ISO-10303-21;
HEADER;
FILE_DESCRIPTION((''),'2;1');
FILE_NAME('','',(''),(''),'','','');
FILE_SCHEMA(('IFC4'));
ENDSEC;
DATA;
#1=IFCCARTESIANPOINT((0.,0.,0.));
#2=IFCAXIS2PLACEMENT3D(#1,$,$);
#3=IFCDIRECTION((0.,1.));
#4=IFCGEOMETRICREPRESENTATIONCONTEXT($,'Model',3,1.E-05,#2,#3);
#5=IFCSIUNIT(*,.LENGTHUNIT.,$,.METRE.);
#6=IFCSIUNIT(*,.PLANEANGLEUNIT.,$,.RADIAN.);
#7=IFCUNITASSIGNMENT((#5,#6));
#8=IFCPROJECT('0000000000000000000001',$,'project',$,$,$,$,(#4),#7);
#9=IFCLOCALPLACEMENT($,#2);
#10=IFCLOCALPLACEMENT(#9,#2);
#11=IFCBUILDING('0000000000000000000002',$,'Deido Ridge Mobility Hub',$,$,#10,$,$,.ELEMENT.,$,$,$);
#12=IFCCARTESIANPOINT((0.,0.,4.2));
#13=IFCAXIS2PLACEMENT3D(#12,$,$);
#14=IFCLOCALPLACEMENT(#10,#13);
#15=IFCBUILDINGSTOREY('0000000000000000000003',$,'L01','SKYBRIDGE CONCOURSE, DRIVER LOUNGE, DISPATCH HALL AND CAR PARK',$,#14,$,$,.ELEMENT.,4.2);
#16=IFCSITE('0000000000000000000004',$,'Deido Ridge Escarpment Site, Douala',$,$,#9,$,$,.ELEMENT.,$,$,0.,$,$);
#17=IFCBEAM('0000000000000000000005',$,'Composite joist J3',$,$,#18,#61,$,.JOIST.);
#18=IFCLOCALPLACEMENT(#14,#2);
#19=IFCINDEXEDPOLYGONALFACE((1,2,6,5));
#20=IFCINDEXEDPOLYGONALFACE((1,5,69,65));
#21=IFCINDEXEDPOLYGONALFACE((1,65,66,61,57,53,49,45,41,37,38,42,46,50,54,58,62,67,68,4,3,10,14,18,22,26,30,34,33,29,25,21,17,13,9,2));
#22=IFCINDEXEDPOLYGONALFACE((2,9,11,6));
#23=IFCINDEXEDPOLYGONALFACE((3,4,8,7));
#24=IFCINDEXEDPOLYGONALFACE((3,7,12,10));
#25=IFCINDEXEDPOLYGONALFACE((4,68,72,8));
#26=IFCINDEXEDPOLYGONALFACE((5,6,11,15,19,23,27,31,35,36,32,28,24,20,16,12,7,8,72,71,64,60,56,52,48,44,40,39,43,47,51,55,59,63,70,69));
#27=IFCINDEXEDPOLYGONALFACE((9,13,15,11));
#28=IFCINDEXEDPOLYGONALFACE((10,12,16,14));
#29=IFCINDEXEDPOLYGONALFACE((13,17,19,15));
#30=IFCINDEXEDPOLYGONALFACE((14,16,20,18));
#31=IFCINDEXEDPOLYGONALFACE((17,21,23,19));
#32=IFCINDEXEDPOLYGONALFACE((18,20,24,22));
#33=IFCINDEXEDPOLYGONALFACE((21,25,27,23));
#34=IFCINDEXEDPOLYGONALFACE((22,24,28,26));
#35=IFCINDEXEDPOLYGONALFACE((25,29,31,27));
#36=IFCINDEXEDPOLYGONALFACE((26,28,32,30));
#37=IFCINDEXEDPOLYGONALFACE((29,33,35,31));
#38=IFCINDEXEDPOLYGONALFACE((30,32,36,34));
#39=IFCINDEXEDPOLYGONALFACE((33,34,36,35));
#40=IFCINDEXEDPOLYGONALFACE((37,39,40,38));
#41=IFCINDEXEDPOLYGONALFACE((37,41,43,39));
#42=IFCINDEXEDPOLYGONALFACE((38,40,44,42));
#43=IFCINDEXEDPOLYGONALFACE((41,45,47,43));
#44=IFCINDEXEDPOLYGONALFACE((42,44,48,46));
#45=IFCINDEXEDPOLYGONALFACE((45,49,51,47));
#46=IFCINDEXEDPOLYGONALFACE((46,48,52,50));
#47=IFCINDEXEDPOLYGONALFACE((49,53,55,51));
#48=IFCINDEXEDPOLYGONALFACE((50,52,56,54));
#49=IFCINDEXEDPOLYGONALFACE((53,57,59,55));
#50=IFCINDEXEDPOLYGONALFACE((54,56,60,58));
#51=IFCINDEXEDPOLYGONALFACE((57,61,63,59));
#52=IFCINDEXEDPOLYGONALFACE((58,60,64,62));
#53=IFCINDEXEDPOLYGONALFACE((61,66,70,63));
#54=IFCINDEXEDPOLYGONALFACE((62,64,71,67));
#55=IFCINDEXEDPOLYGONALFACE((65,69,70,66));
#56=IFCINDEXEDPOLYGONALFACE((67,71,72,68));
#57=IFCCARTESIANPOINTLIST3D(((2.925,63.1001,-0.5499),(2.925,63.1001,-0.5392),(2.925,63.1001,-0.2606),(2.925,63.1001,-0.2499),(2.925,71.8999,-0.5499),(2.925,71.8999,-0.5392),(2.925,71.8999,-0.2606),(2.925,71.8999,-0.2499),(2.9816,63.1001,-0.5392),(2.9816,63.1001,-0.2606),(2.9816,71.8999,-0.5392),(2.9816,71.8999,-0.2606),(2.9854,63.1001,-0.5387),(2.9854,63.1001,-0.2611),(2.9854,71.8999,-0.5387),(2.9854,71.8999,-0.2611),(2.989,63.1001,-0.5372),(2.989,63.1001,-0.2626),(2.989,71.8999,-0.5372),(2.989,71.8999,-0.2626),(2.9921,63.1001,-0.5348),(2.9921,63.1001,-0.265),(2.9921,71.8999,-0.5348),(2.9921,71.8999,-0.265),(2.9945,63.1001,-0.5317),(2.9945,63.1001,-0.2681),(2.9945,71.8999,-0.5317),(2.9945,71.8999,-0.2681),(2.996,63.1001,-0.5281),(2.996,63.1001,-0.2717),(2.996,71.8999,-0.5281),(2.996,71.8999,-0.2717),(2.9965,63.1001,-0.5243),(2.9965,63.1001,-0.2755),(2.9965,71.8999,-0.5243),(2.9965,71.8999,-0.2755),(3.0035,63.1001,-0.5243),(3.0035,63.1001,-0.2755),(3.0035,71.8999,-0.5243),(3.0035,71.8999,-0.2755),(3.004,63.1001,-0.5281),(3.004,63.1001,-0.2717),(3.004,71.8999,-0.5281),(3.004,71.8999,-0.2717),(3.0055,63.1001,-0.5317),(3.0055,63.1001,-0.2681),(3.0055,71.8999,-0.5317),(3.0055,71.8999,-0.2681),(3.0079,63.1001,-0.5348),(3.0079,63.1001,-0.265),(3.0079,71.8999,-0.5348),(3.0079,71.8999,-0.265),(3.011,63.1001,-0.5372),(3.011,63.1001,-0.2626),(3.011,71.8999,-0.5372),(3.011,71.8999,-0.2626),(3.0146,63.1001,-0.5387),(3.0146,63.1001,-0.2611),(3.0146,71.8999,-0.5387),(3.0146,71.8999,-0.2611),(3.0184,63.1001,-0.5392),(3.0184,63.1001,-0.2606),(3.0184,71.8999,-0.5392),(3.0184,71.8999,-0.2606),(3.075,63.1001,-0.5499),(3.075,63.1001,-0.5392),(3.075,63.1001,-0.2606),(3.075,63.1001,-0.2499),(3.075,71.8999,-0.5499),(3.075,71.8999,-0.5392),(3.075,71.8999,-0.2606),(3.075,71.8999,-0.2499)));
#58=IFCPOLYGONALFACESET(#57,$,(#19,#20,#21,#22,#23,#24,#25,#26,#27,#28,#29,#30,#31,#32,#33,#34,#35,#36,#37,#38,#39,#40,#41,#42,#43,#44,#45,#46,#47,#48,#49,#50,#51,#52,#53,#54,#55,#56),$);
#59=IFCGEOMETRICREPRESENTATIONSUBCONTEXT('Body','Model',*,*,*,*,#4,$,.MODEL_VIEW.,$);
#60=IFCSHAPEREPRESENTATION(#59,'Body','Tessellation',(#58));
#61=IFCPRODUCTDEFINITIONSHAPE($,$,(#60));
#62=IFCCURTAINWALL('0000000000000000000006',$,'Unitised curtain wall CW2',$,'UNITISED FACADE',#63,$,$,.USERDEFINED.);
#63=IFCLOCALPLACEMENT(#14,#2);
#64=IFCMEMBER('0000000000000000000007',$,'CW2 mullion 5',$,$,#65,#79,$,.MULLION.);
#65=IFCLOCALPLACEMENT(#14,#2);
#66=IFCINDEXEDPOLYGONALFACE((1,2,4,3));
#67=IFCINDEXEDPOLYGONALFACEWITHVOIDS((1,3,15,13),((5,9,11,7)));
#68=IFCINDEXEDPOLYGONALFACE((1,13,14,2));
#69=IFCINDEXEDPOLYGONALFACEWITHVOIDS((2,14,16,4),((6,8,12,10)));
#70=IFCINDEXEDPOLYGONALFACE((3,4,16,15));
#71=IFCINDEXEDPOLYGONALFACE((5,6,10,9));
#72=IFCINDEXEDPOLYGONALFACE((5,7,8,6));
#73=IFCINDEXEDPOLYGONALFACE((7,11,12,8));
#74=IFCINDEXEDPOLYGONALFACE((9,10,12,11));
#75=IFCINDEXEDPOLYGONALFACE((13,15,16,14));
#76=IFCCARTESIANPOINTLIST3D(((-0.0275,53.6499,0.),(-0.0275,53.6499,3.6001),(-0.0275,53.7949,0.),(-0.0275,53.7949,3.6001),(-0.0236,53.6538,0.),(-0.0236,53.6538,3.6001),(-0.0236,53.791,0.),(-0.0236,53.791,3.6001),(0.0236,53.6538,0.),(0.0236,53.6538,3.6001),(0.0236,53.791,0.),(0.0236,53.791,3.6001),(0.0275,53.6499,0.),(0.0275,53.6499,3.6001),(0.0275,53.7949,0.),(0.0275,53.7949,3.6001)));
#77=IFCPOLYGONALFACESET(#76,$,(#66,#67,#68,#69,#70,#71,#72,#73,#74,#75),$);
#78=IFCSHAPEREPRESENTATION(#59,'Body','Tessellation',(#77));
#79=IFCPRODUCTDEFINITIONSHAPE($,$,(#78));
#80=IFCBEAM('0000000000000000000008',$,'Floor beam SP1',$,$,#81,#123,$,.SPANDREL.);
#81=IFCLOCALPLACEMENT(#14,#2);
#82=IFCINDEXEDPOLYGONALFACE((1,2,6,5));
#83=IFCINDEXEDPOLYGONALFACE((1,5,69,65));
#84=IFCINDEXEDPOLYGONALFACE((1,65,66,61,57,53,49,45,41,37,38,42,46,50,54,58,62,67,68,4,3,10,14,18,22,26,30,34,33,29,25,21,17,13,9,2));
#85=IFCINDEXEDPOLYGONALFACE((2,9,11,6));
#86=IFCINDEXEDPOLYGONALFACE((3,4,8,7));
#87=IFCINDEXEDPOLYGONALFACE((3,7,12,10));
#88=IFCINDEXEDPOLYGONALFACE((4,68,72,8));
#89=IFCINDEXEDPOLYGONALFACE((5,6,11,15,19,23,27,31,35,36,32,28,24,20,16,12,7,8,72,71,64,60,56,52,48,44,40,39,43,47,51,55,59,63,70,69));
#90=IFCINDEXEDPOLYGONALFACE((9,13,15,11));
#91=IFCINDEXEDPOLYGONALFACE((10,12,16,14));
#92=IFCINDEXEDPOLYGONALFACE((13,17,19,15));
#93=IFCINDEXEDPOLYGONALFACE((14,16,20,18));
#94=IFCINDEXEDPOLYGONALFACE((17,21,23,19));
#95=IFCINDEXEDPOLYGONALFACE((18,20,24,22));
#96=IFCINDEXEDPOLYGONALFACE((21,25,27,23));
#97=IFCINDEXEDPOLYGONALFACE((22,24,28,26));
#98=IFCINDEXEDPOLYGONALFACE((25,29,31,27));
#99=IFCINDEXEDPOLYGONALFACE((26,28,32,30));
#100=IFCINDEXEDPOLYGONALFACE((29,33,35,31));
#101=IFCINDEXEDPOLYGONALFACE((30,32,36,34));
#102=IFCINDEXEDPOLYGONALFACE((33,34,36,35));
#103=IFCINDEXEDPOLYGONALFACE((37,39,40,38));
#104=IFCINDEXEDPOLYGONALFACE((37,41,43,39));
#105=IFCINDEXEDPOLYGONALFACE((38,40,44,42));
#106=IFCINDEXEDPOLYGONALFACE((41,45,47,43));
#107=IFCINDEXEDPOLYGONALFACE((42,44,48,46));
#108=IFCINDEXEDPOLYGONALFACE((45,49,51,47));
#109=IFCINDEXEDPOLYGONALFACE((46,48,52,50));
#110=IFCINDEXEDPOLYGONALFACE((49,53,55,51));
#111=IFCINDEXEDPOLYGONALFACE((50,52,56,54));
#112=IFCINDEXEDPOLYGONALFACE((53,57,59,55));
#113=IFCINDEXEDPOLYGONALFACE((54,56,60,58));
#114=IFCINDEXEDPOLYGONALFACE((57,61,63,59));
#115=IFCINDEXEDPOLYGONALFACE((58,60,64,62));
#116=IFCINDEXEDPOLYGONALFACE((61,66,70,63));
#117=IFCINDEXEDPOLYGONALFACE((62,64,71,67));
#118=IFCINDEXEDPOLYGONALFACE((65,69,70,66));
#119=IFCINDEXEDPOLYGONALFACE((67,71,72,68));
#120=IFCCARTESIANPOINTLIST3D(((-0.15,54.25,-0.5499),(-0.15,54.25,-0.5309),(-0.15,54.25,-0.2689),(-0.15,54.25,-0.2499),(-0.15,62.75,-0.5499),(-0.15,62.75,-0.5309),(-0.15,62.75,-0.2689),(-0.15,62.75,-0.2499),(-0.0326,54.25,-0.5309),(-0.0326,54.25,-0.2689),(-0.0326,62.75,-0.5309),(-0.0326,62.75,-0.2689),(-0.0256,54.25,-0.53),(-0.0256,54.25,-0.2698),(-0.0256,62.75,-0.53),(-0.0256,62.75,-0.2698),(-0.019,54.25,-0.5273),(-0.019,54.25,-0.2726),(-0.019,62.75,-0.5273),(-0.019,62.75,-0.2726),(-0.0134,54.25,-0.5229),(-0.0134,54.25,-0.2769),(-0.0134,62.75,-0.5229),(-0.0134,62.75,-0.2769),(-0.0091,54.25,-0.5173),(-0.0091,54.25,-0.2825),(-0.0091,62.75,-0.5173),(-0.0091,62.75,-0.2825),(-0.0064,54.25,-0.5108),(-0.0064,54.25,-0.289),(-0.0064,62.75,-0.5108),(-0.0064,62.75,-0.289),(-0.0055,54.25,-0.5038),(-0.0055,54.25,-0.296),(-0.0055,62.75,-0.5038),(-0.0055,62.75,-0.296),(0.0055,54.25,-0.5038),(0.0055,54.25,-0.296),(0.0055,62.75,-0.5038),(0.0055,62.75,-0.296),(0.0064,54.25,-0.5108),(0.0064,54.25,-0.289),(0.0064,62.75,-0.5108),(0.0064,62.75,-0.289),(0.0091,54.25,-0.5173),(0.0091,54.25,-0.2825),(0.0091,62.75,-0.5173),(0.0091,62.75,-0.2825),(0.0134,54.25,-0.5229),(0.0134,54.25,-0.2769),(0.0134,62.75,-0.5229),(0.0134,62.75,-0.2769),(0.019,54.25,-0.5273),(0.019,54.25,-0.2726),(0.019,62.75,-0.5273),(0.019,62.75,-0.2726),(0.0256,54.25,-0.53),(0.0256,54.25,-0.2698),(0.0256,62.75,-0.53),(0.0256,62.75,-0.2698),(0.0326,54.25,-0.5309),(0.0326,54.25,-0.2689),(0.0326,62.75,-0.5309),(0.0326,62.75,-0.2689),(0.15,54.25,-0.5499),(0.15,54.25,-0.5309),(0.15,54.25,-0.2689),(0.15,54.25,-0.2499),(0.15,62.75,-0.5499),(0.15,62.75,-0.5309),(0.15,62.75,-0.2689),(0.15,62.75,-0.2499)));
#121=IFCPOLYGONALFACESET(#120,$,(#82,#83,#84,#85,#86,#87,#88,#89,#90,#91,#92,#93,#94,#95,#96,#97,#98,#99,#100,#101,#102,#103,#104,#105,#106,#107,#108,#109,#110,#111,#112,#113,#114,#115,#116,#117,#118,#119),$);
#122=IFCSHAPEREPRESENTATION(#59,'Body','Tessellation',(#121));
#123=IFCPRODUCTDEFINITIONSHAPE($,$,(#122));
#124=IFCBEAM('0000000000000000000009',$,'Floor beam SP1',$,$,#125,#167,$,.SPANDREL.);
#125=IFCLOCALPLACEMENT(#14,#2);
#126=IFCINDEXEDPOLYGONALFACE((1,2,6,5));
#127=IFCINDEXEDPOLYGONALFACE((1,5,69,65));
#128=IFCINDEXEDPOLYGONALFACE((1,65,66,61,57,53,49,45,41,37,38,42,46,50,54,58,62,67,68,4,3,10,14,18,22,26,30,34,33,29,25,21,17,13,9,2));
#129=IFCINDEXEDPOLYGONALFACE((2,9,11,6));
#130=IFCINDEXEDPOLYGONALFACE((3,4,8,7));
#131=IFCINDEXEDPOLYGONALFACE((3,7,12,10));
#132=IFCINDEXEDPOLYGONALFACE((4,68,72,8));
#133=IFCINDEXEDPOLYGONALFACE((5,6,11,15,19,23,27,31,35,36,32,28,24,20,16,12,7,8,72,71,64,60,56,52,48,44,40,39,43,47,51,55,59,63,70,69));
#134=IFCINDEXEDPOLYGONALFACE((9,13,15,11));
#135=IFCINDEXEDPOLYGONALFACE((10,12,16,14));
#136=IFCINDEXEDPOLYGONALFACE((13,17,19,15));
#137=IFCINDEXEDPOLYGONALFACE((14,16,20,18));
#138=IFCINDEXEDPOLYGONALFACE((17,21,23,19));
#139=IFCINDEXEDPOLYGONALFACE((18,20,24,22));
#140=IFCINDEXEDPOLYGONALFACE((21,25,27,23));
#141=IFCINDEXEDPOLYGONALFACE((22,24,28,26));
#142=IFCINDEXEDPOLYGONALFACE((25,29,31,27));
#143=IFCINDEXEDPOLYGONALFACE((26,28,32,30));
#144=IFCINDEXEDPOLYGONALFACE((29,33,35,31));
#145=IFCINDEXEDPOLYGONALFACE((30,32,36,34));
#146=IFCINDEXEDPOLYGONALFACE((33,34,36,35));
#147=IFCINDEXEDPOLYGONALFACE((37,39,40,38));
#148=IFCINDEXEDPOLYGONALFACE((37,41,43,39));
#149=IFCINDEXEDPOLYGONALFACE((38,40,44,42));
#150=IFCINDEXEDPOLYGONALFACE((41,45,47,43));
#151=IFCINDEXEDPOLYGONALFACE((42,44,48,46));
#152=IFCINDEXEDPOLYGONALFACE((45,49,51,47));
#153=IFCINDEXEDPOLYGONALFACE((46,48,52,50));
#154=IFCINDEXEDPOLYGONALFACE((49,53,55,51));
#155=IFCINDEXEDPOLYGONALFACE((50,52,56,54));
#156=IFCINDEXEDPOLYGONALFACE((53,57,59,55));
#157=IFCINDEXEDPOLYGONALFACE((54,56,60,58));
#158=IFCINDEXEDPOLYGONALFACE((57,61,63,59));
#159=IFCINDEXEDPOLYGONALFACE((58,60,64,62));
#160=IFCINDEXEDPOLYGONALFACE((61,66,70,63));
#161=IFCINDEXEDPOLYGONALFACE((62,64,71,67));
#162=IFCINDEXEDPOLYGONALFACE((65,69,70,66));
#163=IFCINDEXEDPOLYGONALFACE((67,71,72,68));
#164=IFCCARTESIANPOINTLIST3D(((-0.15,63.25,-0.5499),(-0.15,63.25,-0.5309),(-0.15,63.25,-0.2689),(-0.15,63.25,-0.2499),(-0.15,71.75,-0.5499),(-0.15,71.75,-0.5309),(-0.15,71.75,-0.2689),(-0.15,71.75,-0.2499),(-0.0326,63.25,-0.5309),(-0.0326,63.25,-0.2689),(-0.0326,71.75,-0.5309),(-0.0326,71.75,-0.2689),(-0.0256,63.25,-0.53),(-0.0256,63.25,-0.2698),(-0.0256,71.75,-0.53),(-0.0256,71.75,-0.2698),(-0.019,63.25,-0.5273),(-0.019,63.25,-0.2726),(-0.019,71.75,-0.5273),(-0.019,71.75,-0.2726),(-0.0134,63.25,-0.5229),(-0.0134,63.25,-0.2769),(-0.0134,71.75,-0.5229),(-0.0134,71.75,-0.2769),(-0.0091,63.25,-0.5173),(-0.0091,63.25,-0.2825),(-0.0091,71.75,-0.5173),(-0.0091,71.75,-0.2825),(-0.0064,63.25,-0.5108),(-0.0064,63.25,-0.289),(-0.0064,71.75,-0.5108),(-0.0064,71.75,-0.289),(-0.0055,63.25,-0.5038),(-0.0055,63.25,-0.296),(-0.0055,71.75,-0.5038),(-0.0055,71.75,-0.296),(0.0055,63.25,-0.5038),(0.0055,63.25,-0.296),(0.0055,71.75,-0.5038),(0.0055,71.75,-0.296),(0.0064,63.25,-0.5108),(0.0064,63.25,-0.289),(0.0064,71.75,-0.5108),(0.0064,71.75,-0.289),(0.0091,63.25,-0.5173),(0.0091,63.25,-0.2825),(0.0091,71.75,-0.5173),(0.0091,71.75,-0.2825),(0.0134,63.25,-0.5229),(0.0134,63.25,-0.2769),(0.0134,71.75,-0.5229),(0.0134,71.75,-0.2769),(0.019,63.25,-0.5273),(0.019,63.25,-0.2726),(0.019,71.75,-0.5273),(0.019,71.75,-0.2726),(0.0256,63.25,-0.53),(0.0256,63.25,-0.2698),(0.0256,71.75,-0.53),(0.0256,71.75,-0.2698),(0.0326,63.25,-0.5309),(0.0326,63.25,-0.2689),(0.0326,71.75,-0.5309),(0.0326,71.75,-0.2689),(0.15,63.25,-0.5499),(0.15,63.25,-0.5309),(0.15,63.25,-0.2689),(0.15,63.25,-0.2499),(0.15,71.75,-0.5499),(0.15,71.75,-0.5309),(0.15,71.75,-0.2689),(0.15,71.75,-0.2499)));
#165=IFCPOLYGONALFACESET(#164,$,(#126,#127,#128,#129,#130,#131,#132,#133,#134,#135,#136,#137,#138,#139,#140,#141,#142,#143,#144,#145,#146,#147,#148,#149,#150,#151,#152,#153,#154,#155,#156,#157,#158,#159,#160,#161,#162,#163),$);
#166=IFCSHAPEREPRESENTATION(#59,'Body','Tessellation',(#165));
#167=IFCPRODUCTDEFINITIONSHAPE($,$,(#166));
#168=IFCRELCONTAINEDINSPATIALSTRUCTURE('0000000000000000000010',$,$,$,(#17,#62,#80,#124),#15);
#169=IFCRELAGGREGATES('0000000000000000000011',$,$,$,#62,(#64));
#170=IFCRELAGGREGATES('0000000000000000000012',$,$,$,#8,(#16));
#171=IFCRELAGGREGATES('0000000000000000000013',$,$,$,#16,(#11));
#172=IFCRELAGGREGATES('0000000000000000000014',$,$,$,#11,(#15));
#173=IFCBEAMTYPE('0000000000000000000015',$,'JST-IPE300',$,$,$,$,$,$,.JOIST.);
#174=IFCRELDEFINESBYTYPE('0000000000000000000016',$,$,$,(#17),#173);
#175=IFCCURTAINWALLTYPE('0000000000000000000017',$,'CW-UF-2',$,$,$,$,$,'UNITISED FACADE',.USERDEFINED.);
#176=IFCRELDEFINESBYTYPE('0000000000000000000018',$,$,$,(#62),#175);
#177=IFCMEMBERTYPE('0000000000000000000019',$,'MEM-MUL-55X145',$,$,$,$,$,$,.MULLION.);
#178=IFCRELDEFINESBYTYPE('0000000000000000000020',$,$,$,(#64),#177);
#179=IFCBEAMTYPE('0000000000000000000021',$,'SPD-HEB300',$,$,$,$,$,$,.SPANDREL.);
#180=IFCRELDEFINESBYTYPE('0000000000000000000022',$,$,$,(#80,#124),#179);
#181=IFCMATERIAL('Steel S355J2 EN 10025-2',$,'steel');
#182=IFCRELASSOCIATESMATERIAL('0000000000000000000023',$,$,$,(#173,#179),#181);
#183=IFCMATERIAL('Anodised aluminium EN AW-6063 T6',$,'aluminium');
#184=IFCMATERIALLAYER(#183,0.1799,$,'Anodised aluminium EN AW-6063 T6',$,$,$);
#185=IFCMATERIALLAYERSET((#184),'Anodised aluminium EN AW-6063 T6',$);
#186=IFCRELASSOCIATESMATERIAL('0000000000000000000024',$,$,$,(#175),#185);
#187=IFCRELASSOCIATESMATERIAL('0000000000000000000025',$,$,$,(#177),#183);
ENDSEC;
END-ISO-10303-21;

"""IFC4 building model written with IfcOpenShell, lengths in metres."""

from ifc_helpers import new_model, si_unit, direction, frame, origin, origin_2d, place, context, subcontext, project, spatial, hollow_rectangle, i_section, extrude, material, layer, layer_set, material_profile, profile_set, type_object, element, aggregate, save


model = new_model("IFC4")

# Units and contexts
model_context = context("Model", 3, precision=1e-05, world=origin(), true_north=direction((0.0, 1.0)))
body_context = subcontext(model_context, "Body", "Model", "MODEL_VIEW")
ifc_project = project(units=[si_unit("LENGTHUNIT", "METRE"), si_unit("PLANEANGLEUNIT", "RADIAN")], contexts=[model_context])

# Site, building, storey
site_placement = place(None, origin())
site = spatial("IfcSite", under=ifc_project, at=site_placement, Name="Deido Ridge Escarpment Site, Douala", CompositionType="ELEMENT", RefElevation=0.0)
building_placement = place(site_placement, origin())
building = spatial("IfcBuilding", under=site, at=building_placement, Name="Deido Ridge Mobility Hub", CompositionType="ELEMENT")
storey_placement = place(building_placement, frame((0.0, 0.0, 4.2)))
storey = spatial("IfcBuildingStorey", under=building, at=storey_placement, Name="L01", Description="SKYBRIDGE CONCOURSE, DRIVER LOUNGE, DISPATCH HALL AND CAR PARK", CompositionType="ELEMENT", Elevation=4.2)

# Shared definitions
ifc_material_1 = material(Name="Steel S355J2 EN 10025-2", Category="steel")

# Beam
ifc_material_profile_1 = material_profile(ifc_material_1, i_section(OverallWidth=0.1499, OverallDepth=0.3, WebThickness=0.0071, FlangeThickness=0.0107, FilletRadius=0.0149, at=origin_2d()), Name="IPE 300")
ifc_profile_set_1 = profile_set([ifc_material_profile_1], Name="Steel S355J2 EN 10025-2")
beam_type_1 = type_object("IfcBeamType", Name="JST-IPE300", PredefinedType="JOIST", material=ifc_profile_set_1)
for number, where, z_axis, x_axis, name in (
    (1, (3.0, 63.1001, -0.3999), (0.0, 1.0, 0.0), (-1.0, 0.0, 0.0), "Composite joist J3"),
):
    element("IfcBeam", number, at=place(storey_placement, frame(where, z_axis=z_axis, x_axis=x_axis)), inside=storey, type_object=beam_type_1, Name=name, PredefinedType="JOIST", context=body_context, shape_type="SweptSolid", body=[
        extrude(i_section(OverallWidth=0.1499, OverallDepth=0.3, WebThickness=0.0071, FlangeThickness=0.0107, FilletRadius=0.0149, at=origin_2d()), origin(), (0.0, 0.0, 1.0), 8.7998),
    ])

# Curtain wall, member
ifc_material_2 = material(Name="Anodised aluminium EN AW-6063 T6", Category="aluminium")
ifc_layer_1 = layer(ifc_material_2, 0.1799, Name="Anodised aluminium EN AW-6063 T6")
ifc_layer_set_1 = layer_set([ifc_layer_1], Name="Anodised aluminium EN AW-6063 T6")
curtain_wall_type = type_object("IfcCurtainWallType", Name="CW-UF-2", ElementType="UNITISED FACADE", PredefinedType="USERDEFINED", material=ifc_layer_set_1)
curtain_wall_placement = place(storey_placement, origin())
curtain_wall = element("IfcCurtainWall", 2, at=curtain_wall_placement, inside=storey, type_object=curtain_wall_type, Name="Unitised curtain wall CW2", ObjectType="UNITISED FACADE", PredefinedType="USERDEFINED")
ifc_material_profile_2 = material_profile(ifc_material_2, hollow_rectangle(XDim=0.0549, YDim=0.145, WallThickness=0.0039, at=origin_2d()), Name="RHS 55x145x4")
ifc_profile_set_2 = profile_set([ifc_material_profile_2], Name="Anodised aluminium EN AW-6063 T6")
member_type = type_object("IfcMemberType", Name="MEM-MUL-55X145", PredefinedType="MULLION", material=ifc_profile_set_2)
member_placement = place(storey_placement, frame((0.0, 53.7224, 0.0), z_axis=(0.0, 0.0, 1.0), x_axis=(-1.0, 0.0, 0.0)))
member = element("IfcMember", 3, at=member_placement, type_object=member_type, Name="CW2 mullion 5", PredefinedType="MULLION", context=body_context, shape_type="SweptSolid", body=[
    extrude(hollow_rectangle(XDim=0.0549, YDim=0.145, WallThickness=0.0039, at=origin_2d()), origin(), (0.0, 0.0, 1.0), 3.6001),
])
aggregate(curtain_wall, [member])

# Beams
ifc_material_profile_3 = material_profile(ifc_material_1, i_section(OverallWidth=0.3, OverallDepth=0.3, WebThickness=0.011, FlangeThickness=0.019, FilletRadius=0.0271, at=origin_2d()), Name="HEB 300")
ifc_profile_set_3 = profile_set([ifc_material_profile_3], Name="Steel S355J2 EN 10025-2")
beam_type_2 = type_object("IfcBeamType", Name="SPD-HEB300", PredefinedType="SPANDREL", material=ifc_profile_set_3)
for number, where, z_axis, x_axis, name in (
    (4, (0.0, 54.25, -0.3999), (0.0, 1.0, 0.0), (-1.0, 0.0, 0.0), "Floor beam SP1"),
    (5, (0.0, 63.25, -0.3999), (0.0, 1.0, 0.0), (-1.0, 0.0, 0.0), "Floor beam SP1"),
):
    element("IfcBeam", number, at=place(storey_placement, frame(where, z_axis=z_axis, x_axis=x_axis)), inside=storey, type_object=beam_type_2, Name=name, PredefinedType="SPANDREL", context=body_context, shape_type="SweptSolid", body=[
        extrude(i_section(OverallWidth=0.3, OverallDepth=0.3, WebThickness=0.011, FlangeThickness=0.019, FilletRadius=0.0271, at=origin_2d()), origin(), (0.0, 0.0, 1.0), 8.5),
    ])

save(model, "model.ifc")
